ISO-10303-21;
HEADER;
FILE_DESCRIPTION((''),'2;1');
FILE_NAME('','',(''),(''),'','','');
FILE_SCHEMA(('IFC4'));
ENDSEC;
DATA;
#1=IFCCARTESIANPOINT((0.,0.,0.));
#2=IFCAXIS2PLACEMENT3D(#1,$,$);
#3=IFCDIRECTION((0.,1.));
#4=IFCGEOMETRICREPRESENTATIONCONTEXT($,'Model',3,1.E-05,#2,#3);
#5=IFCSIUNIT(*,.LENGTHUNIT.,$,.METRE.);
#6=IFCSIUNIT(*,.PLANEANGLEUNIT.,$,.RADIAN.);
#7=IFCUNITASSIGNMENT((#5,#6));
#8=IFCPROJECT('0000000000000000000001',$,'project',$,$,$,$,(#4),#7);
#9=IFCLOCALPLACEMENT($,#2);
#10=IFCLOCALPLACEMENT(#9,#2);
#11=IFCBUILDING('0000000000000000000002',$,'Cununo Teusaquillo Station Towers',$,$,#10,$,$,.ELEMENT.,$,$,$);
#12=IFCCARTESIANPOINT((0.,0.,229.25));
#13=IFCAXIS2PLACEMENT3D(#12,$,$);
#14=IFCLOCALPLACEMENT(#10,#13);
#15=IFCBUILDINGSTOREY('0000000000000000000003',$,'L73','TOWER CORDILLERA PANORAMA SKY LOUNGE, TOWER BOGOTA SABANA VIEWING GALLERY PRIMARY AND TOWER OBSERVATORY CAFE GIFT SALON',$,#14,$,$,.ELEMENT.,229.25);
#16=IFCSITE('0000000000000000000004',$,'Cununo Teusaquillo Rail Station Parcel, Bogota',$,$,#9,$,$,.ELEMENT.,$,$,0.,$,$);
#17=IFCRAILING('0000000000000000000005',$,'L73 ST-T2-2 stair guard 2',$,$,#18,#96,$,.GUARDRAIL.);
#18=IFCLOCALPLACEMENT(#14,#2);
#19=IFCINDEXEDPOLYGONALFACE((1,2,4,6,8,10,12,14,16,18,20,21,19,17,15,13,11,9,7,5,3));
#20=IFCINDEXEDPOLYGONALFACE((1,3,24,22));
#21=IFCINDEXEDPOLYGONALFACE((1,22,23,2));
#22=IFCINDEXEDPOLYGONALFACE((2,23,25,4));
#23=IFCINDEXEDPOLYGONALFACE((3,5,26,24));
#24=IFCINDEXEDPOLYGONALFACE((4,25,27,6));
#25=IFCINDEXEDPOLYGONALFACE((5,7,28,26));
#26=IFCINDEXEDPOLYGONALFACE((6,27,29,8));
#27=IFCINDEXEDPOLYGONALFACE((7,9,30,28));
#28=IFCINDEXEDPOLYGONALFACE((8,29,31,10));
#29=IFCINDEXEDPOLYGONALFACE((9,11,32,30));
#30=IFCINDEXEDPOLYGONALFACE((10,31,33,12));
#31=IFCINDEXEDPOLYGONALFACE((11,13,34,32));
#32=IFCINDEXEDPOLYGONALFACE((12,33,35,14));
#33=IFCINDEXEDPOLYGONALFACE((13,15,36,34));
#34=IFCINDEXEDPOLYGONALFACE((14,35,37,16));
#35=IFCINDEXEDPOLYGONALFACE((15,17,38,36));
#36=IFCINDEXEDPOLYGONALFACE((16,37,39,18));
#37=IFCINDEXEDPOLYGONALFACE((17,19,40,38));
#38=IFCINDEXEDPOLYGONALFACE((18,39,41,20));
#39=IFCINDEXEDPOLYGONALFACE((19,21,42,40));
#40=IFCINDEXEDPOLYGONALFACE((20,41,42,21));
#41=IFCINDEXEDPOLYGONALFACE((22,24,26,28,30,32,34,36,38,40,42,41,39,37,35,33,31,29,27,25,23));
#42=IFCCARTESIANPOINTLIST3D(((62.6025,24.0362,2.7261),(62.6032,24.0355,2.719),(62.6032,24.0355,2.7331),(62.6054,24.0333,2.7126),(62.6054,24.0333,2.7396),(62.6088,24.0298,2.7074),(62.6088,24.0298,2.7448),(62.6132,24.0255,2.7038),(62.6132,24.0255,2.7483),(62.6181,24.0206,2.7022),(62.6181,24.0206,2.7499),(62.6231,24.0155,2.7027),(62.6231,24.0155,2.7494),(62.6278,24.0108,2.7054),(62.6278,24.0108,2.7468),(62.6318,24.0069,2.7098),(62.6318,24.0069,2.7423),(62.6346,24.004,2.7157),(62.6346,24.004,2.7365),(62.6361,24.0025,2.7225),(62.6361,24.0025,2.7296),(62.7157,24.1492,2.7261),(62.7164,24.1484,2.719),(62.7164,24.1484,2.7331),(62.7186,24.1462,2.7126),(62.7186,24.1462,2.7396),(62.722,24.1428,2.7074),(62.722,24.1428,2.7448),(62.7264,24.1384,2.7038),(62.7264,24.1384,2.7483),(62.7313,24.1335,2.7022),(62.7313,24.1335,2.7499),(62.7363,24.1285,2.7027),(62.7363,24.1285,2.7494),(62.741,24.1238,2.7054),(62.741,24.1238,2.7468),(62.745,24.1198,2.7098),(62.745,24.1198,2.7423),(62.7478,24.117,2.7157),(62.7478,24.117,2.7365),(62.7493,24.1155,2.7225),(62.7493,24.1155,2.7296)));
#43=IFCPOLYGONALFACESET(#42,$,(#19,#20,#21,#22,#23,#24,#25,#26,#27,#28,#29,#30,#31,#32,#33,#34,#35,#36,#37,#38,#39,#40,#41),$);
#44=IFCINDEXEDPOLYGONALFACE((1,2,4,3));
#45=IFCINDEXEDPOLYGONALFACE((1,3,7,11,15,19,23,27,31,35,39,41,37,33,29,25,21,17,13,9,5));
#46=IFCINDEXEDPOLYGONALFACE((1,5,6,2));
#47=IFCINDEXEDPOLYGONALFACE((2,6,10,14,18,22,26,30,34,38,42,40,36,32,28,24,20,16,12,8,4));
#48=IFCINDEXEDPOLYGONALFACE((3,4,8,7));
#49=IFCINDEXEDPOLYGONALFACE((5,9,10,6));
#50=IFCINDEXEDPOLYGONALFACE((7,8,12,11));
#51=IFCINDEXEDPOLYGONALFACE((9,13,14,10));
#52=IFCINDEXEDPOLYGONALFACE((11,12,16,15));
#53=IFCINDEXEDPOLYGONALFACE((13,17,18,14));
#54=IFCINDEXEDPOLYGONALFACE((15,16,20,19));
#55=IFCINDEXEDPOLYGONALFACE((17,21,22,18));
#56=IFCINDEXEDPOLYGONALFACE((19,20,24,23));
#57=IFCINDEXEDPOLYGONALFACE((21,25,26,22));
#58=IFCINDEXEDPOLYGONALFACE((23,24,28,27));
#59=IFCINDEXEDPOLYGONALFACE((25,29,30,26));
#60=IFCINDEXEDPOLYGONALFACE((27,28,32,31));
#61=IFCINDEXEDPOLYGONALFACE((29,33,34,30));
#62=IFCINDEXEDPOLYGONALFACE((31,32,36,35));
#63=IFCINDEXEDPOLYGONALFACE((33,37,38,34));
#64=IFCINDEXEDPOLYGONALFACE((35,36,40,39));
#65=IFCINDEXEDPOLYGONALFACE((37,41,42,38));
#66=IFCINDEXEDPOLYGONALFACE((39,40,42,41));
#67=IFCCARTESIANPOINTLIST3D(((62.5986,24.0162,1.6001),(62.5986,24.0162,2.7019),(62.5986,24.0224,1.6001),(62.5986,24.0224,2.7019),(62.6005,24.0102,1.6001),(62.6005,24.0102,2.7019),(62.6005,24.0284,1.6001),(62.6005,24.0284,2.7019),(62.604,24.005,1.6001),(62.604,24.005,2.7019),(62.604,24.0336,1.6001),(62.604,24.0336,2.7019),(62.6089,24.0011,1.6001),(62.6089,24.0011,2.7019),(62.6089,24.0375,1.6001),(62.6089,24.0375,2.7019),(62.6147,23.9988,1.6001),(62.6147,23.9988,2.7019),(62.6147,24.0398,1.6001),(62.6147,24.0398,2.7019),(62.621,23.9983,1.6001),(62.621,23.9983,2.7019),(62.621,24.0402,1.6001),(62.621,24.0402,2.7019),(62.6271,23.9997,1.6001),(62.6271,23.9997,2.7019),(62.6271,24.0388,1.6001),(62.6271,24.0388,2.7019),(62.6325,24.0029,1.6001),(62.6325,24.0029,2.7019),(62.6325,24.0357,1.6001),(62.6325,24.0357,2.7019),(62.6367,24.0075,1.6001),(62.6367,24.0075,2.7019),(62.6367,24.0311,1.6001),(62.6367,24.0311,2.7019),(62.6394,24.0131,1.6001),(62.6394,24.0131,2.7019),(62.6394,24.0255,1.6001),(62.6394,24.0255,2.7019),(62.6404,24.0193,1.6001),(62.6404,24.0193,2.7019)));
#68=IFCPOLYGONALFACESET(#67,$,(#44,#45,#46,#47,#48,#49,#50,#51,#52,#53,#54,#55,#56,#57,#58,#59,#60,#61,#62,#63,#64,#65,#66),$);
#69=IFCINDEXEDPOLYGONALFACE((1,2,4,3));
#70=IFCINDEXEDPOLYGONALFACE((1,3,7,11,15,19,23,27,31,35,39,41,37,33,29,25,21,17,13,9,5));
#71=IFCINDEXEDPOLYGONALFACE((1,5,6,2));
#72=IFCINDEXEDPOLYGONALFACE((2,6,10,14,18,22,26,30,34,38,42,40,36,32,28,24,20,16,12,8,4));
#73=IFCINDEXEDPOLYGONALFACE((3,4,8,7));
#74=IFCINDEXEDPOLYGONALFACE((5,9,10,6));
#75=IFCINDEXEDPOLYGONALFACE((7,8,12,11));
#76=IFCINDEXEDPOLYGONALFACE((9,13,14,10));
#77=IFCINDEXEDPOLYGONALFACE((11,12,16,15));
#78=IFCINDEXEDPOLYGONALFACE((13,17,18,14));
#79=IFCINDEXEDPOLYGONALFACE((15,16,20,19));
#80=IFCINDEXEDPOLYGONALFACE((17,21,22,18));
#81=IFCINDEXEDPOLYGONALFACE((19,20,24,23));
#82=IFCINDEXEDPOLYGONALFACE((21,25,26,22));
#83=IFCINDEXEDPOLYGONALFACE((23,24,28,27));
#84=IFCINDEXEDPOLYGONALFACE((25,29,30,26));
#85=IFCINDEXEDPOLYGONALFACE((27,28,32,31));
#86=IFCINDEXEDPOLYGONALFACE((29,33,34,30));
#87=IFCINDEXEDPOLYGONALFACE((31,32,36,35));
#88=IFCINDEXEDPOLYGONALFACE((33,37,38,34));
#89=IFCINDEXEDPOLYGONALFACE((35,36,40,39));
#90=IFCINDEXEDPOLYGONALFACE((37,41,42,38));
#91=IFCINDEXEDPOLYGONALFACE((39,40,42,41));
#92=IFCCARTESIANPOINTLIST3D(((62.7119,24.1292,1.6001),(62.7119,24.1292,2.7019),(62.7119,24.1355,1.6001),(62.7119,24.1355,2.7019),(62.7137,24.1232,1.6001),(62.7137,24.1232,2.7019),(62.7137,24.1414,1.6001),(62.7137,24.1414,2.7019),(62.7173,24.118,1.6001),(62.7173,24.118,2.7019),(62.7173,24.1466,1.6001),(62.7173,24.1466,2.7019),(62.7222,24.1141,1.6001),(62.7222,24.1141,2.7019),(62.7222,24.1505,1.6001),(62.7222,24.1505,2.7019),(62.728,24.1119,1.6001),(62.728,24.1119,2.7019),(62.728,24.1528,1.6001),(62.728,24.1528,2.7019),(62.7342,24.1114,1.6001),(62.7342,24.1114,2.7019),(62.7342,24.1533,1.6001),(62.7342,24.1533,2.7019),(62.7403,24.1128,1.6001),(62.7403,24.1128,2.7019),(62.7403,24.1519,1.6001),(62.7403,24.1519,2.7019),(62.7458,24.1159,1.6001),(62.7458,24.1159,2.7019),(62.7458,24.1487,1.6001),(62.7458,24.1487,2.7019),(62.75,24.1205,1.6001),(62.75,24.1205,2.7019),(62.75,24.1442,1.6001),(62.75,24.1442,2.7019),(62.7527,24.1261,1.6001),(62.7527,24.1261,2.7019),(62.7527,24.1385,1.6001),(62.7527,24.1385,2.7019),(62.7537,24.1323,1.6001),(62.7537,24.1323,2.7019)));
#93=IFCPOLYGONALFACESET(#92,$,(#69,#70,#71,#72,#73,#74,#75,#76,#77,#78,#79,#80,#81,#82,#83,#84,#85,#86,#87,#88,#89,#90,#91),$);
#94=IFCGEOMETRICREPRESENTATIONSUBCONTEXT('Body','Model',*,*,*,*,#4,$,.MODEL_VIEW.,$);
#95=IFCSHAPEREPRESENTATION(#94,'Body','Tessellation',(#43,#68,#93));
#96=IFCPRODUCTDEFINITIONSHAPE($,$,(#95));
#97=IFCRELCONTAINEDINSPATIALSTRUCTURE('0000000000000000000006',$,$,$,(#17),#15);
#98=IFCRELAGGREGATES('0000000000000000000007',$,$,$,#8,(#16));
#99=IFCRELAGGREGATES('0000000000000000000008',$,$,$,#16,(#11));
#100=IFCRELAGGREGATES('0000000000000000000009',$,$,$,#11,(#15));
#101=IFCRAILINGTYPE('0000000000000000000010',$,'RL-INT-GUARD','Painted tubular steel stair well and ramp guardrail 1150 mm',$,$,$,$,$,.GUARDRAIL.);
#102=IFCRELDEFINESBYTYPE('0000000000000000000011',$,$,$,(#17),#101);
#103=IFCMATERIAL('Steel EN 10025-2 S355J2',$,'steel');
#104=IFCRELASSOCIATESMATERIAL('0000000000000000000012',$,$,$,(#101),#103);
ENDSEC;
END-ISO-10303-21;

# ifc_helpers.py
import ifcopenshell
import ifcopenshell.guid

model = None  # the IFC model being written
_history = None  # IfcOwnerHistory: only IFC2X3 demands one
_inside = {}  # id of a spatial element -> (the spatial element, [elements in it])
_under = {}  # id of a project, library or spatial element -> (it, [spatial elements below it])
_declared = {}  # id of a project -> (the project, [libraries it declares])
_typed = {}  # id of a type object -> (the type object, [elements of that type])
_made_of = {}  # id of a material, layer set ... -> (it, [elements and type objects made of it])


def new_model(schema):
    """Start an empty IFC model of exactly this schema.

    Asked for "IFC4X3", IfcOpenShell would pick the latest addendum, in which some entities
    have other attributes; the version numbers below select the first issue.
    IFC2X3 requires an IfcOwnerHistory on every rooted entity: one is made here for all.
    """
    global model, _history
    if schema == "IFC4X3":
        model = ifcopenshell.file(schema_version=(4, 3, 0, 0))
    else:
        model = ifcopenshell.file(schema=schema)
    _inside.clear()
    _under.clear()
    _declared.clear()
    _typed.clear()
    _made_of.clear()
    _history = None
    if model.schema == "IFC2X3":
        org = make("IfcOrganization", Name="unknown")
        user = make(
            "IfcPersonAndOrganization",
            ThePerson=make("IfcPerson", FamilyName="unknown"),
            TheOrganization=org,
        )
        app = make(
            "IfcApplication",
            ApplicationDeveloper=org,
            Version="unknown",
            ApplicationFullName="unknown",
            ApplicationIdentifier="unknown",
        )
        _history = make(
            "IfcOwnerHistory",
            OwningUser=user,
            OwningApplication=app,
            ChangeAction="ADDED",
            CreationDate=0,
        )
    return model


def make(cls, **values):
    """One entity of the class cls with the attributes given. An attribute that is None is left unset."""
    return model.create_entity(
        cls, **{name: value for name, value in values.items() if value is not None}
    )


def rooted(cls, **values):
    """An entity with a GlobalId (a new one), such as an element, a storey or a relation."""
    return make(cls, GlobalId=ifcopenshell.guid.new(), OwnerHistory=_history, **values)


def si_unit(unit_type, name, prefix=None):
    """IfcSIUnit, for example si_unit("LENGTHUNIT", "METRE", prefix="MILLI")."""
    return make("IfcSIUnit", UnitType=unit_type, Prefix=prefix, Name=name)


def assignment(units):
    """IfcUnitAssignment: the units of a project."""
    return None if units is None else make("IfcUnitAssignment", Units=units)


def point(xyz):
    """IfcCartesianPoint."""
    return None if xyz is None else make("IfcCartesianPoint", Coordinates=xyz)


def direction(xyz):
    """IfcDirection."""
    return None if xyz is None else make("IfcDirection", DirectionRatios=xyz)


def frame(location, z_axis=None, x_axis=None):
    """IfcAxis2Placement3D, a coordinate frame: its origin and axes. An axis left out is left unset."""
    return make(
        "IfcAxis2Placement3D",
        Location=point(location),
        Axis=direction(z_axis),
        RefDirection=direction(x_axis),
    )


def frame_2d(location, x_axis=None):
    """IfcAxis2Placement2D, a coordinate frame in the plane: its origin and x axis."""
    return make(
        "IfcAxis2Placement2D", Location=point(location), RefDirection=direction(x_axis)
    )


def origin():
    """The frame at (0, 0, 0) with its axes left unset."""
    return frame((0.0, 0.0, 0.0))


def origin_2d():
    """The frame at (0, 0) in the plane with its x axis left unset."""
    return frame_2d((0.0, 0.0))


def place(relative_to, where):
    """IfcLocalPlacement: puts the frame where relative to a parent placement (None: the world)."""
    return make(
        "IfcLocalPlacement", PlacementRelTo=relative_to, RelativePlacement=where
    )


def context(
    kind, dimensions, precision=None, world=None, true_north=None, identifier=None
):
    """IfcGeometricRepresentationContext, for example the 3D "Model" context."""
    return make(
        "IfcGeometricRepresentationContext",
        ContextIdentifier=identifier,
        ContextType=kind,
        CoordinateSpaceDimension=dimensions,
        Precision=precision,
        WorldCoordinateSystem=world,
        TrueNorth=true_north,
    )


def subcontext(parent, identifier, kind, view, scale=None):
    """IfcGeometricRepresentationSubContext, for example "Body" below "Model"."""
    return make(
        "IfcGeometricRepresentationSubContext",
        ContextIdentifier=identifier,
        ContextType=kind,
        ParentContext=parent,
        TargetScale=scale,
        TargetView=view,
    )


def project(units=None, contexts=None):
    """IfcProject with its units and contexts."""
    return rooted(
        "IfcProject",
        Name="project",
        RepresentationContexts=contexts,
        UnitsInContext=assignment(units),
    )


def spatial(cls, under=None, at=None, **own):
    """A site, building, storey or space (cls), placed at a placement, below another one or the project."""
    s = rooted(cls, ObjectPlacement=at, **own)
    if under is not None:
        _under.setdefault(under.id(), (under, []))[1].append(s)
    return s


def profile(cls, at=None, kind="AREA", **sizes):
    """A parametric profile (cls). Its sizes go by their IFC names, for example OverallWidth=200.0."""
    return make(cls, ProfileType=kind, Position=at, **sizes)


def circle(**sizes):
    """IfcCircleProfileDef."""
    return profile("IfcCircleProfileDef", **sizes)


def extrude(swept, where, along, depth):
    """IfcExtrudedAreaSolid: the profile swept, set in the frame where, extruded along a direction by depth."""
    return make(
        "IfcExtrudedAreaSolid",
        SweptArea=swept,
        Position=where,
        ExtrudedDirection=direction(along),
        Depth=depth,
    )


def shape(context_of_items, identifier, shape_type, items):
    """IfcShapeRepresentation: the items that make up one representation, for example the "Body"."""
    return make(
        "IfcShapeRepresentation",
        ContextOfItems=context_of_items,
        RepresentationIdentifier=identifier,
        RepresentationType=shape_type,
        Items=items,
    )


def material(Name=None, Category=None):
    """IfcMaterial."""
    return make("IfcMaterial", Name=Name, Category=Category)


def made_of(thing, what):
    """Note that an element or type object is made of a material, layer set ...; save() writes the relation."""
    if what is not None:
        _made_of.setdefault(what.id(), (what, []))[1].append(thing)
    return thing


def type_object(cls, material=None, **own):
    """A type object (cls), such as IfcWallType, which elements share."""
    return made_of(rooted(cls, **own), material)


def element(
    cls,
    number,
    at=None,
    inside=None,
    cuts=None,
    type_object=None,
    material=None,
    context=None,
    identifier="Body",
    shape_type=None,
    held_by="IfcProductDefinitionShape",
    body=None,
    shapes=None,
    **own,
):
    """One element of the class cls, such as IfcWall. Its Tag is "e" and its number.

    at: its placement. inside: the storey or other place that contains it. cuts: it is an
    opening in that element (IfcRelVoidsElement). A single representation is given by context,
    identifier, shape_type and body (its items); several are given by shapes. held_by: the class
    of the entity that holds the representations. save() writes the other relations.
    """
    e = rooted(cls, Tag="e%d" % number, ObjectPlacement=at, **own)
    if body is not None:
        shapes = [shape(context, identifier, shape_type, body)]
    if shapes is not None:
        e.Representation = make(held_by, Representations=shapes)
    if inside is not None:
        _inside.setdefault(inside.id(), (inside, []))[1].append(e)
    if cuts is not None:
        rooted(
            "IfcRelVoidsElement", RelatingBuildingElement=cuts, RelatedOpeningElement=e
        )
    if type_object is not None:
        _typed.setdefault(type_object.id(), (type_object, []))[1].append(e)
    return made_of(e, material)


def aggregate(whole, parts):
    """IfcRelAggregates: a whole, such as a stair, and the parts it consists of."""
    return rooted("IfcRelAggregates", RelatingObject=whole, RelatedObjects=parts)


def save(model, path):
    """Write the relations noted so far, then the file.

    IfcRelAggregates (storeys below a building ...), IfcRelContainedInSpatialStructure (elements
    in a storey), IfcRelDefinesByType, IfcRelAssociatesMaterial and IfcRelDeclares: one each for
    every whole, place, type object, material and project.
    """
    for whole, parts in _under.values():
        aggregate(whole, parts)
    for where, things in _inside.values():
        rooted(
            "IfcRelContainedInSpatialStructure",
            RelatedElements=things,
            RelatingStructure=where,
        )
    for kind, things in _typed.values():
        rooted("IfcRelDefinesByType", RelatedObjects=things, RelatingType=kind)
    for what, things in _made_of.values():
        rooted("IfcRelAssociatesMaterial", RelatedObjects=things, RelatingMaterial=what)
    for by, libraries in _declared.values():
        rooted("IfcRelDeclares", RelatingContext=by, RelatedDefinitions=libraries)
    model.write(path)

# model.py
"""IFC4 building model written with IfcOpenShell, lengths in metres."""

from ifc_helpers import new_model, si_unit, direction, frame, origin, origin_2d, place, context, subcontext, project, spatial, circle, extrude, material, type_object, element, save


model = new_model("IFC4")

# Units and contexts
model_context = context("Model", 3, precision=1e-05, world=origin(), true_north=direction((0.0, 1.0)))
body_context = subcontext(model_context, "Body", "Model", "MODEL_VIEW")
ifc_project = project(units=[si_unit("LENGTHUNIT", "METRE"), si_unit("PLANEANGLEUNIT", "RADIAN")], contexts=[model_context])

# Site, building, storey
site_placement = place(None, origin())
site = spatial("IfcSite", under=ifc_project, at=site_placement, Name="Cununo Teusaquillo Rail Station Parcel, Bogota", CompositionType="ELEMENT", RefElevation=0.0)
building_placement = place(site_placement, origin())
building = spatial("IfcBuilding", under=site, at=building_placement, Name="Cununo Teusaquillo Station Towers", CompositionType="ELEMENT")
storey_placement = place(building_placement, frame((0.0, 0.0, 229.25)))
storey = spatial("IfcBuildingStorey", under=building, at=storey_placement, Name="L73", Description="TOWER CORDILLERA PANORAMA SKY LOUNGE, TOWER BOGOTA SABANA VIEWING GALLERY PRIMARY AND TOWER OBSERVATORY CAFE GIFT SALON", CompositionType="ELEMENT", Elevation=229.25)

# Railing
ifc_material_1 = material(Name="Steel EN 10025-2 S355J2", Category="steel")
railing_type_1 = type_object("IfcRailingType", Name="RL-INT-GUARD", Description="Painted tubular steel stair well and ramp guardrail 1150 mm", PredefinedType="GUARDRAIL", material=ifc_material_1)
railing_1_placement = place(storey_placement, frame((62.6194, 24.0193, 1.6001)))
element("IfcRailing", 1, at=railing_1_placement, inside=storey, type_object=railing_type_1, Name="L73 ST-T2-2 stair guard 2", PredefinedType="GUARDRAIL", context=body_context, shape_type="SweptSolid", body=[
    extrude(circle(Radius=0.0239, at=origin_2d()), frame((0.0, 0.0, 1.126), z_axis=(0.707869, 0.706344, 0.0), x_axis=(-0.706344, 0.707869, 0.0)), (0.0, 0.0, 1.0), 0.1599),
    extrude(circle(Radius=0.021, at=origin_2d()), origin(), (0.0, 0.0, 1.0), 1.1018),
    extrude(circle(Radius=0.021, at=origin_2d()), frame((0.1133, 0.113, 0.0)), (0.0, 0.0, 1.0), 1.1018),
])

save(model, "model.ifc")
